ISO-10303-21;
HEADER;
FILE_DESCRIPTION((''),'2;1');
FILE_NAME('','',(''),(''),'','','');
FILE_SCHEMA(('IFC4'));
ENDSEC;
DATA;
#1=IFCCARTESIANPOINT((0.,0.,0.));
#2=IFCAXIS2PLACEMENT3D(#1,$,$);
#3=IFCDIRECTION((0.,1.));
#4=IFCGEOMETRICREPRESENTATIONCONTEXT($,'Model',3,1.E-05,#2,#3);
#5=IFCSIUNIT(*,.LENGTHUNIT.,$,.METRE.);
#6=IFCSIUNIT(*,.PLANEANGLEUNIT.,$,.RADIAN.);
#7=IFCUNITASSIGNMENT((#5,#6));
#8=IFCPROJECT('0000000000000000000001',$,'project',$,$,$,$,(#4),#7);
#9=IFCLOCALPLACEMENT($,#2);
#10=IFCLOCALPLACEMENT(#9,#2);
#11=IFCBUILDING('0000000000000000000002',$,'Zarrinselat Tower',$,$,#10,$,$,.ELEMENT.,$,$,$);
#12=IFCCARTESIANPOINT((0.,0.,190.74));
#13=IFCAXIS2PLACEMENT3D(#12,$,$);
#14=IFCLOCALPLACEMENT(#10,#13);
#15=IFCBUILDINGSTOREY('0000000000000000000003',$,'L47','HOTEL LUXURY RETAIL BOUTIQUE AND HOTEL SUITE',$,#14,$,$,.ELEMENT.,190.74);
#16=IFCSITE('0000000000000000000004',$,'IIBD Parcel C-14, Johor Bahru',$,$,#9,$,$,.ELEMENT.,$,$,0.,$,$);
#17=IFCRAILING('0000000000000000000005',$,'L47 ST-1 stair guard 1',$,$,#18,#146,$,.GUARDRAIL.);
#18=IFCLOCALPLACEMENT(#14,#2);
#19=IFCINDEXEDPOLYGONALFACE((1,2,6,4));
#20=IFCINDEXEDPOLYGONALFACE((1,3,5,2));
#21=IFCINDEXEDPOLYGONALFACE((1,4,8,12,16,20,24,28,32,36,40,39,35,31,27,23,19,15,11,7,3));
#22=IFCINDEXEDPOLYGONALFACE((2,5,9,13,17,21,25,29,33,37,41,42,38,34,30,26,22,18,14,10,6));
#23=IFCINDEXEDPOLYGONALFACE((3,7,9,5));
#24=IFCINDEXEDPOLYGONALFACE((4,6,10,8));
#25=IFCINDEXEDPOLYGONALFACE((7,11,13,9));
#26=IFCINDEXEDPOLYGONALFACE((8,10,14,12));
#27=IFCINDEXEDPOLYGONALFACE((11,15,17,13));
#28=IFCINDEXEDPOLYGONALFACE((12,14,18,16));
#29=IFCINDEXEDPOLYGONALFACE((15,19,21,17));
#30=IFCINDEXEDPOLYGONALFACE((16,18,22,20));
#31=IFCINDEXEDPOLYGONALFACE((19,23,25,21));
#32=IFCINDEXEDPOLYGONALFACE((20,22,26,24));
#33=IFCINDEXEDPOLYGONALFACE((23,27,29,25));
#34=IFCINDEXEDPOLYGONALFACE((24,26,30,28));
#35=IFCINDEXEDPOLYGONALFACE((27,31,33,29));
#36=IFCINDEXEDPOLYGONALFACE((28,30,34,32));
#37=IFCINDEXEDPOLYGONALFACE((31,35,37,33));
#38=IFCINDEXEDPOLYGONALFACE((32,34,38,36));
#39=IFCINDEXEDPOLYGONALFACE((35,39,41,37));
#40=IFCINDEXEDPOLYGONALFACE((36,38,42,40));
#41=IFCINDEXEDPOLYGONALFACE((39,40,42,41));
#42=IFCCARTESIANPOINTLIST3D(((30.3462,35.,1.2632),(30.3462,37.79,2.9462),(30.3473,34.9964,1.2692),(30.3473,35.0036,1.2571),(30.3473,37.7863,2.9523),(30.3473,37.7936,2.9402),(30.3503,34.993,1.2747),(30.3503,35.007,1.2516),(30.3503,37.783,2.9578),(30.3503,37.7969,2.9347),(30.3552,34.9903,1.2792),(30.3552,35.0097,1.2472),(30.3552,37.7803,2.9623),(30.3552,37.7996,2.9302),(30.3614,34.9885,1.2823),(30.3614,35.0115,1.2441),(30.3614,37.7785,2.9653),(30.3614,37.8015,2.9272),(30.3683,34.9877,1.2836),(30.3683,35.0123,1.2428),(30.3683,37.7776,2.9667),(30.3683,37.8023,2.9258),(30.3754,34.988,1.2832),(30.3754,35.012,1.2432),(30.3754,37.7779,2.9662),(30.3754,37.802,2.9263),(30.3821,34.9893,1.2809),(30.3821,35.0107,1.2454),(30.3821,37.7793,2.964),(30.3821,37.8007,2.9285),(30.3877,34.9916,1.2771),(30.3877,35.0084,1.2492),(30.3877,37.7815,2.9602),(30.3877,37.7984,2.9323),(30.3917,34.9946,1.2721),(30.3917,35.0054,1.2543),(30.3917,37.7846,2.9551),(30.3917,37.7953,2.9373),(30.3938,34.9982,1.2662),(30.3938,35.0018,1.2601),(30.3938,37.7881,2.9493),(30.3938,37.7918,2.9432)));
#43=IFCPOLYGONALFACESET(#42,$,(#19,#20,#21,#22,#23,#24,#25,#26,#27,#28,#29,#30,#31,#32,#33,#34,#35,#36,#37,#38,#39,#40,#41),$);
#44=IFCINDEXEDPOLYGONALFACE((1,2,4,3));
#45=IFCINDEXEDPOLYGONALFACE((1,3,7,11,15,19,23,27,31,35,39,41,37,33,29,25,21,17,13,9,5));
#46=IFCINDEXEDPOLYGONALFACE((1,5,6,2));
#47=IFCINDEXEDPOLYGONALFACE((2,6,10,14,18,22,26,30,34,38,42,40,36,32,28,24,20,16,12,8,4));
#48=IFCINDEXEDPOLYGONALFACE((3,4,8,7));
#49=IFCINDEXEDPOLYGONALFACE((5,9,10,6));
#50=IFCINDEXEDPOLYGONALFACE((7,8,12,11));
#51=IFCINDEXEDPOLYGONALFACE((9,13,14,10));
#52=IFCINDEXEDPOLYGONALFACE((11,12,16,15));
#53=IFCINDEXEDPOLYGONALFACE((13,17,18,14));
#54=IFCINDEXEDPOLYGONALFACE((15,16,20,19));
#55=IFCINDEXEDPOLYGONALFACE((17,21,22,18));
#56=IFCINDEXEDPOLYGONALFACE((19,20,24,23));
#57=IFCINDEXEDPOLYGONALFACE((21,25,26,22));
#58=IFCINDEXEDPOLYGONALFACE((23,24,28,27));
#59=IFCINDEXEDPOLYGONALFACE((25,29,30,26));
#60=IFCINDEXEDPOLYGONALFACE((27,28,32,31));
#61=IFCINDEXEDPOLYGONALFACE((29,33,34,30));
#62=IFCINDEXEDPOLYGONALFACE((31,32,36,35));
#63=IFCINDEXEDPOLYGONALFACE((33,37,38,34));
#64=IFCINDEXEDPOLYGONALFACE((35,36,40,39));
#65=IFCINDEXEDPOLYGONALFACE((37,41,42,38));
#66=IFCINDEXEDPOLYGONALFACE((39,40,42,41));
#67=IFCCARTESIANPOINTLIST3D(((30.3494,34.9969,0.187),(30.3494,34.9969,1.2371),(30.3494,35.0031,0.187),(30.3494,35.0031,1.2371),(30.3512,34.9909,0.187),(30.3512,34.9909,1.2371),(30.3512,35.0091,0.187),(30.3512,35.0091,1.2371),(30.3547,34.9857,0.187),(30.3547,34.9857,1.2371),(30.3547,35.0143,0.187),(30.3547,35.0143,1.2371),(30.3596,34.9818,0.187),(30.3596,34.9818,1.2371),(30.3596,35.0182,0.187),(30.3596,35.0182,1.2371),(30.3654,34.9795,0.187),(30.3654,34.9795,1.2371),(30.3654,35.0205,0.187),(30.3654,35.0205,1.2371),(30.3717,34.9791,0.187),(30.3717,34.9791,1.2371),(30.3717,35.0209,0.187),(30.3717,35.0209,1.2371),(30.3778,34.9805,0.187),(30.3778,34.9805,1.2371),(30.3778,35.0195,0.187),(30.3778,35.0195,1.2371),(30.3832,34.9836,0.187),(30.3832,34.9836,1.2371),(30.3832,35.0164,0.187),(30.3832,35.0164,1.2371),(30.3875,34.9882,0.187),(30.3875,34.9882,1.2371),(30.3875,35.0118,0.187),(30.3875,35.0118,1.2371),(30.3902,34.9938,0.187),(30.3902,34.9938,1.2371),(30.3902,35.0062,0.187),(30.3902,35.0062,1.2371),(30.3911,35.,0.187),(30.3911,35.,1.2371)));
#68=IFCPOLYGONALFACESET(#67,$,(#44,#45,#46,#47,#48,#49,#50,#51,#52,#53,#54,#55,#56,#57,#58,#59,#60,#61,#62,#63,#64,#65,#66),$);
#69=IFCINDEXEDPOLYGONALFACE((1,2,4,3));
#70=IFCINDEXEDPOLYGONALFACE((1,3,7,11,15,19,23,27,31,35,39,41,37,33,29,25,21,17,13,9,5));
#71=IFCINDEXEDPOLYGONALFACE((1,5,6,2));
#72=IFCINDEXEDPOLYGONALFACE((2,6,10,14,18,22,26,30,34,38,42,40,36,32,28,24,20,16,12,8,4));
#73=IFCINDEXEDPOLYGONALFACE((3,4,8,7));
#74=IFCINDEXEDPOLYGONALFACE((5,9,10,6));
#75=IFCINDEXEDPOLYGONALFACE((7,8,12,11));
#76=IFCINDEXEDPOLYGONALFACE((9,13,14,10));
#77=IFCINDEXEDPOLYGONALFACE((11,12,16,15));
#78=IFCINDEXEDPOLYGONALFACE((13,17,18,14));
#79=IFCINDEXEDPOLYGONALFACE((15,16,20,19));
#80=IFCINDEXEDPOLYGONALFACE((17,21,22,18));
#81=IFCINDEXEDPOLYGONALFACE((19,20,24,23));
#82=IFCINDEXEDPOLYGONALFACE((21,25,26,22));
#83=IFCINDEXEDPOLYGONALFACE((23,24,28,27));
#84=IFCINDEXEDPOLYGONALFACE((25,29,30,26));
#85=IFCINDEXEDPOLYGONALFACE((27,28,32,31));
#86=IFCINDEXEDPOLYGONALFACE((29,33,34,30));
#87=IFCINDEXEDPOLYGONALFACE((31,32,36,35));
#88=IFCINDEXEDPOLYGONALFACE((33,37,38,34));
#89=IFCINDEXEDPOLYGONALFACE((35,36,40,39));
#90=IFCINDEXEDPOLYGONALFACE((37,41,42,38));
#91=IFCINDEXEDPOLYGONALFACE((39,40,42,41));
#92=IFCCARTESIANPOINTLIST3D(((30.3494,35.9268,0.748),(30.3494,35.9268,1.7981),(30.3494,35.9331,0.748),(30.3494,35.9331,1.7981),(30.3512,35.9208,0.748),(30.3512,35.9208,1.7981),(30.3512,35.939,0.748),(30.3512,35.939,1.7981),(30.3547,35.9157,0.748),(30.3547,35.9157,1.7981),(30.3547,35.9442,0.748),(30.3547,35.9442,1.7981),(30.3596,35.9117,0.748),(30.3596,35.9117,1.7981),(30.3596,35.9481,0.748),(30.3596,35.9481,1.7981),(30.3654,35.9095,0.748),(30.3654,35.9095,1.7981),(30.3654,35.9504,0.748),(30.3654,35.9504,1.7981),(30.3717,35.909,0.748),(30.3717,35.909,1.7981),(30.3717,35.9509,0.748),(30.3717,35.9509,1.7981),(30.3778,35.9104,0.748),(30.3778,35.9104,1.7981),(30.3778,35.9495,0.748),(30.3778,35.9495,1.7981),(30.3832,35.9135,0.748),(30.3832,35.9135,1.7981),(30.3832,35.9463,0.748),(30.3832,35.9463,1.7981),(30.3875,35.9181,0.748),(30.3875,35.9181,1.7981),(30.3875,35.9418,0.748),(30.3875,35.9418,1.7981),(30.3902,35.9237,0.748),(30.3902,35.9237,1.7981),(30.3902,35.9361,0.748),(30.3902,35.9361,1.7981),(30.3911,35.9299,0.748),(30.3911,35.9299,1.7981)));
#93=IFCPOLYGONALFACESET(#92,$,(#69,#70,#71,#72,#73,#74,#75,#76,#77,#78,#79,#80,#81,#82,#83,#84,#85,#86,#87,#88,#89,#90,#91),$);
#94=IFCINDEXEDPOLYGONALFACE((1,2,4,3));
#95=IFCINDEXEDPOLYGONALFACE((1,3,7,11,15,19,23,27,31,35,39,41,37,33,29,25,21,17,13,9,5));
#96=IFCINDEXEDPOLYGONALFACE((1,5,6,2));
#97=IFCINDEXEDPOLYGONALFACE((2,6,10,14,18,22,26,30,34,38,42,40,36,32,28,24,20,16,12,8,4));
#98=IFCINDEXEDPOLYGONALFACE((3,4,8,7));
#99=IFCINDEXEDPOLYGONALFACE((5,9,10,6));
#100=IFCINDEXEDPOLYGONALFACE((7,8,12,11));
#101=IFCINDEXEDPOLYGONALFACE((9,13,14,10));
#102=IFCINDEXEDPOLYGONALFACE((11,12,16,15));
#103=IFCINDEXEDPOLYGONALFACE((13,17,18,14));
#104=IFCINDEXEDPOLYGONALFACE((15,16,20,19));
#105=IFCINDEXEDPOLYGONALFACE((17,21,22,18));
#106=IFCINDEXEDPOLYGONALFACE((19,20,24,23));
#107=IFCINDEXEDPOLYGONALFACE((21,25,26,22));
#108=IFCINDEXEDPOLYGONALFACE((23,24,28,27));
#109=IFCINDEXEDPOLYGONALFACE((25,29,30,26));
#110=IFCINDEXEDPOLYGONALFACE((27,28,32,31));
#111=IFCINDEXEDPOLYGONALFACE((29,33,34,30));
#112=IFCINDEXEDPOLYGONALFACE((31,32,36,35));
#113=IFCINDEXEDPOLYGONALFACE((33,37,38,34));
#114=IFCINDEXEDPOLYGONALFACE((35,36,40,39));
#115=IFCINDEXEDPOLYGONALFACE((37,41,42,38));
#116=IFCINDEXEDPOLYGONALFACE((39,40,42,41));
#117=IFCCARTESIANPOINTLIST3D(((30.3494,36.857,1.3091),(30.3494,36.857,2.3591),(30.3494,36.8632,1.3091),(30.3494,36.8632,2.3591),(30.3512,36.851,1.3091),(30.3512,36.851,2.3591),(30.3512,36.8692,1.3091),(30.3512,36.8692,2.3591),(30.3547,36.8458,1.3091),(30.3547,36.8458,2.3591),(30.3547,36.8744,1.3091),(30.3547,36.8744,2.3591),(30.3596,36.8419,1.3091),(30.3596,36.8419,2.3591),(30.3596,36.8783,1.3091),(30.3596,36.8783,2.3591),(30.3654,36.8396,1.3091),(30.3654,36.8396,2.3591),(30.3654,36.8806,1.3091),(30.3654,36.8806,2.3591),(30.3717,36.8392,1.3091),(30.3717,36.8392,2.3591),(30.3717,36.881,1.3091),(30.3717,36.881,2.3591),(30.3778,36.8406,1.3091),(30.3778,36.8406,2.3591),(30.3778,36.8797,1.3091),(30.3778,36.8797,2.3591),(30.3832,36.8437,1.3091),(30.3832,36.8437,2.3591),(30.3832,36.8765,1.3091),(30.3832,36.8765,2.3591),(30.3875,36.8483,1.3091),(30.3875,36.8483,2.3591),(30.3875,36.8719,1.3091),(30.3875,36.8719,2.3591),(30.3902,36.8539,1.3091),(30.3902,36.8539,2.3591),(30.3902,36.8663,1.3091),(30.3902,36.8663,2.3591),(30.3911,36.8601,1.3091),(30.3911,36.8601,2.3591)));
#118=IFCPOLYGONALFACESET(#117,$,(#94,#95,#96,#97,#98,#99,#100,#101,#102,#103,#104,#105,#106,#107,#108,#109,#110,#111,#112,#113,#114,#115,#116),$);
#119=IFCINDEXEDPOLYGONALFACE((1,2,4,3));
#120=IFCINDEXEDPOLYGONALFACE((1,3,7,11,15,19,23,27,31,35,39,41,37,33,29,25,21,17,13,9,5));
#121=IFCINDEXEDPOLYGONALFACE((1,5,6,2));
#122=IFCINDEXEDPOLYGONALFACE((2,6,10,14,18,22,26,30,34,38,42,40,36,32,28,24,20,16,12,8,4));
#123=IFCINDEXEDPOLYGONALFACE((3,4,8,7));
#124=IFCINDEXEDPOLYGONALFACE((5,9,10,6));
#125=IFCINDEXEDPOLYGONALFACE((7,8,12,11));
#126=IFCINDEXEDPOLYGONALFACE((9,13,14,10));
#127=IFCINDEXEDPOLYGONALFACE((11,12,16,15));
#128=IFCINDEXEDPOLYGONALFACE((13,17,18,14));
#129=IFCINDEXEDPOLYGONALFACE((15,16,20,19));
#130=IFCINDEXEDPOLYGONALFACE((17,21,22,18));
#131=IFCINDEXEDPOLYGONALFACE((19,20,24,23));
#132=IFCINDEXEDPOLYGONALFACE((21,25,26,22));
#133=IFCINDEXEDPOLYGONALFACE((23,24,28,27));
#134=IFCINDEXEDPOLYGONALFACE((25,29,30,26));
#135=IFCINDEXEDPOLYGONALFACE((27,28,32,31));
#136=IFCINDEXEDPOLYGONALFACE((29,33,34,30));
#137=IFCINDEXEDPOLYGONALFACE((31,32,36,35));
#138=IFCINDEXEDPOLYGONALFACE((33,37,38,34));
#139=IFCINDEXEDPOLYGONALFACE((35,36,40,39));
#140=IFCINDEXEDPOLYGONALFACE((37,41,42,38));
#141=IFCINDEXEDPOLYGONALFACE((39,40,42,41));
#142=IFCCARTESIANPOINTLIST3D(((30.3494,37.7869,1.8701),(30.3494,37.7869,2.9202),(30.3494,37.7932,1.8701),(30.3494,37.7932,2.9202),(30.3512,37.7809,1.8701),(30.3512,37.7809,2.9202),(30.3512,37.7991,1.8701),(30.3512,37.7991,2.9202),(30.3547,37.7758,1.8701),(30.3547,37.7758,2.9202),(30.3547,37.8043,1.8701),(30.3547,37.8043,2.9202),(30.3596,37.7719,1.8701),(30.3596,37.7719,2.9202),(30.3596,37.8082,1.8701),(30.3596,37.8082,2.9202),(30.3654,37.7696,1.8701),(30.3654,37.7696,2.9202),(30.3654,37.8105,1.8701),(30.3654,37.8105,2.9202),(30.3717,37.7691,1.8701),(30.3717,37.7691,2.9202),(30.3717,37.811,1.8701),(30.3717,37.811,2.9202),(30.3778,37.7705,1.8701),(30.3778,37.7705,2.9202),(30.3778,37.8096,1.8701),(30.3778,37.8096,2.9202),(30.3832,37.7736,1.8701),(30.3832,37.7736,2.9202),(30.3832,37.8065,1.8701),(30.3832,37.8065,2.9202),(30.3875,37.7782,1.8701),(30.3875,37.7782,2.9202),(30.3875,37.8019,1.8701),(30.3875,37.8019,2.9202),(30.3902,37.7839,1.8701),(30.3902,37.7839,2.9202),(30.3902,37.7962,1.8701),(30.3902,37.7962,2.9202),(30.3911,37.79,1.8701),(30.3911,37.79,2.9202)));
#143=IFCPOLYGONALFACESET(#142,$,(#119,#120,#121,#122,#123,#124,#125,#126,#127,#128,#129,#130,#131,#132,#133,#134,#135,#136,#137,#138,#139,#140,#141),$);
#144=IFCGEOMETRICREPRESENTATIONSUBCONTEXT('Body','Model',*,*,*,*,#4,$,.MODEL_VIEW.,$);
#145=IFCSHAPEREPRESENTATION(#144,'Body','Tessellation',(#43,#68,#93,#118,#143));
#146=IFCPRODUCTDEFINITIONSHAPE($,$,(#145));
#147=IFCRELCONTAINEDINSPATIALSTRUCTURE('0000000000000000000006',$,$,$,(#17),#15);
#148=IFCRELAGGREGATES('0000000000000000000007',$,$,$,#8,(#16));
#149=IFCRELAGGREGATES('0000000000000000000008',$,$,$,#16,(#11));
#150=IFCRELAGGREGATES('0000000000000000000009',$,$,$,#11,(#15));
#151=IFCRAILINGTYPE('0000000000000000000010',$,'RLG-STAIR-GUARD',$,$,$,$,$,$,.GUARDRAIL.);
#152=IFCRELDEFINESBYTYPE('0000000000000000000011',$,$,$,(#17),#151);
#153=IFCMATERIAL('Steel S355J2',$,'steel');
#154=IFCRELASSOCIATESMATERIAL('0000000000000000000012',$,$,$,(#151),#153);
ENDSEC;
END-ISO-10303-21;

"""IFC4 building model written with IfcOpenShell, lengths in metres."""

from ifc_helpers import new_model, si_unit, direction, frame, origin, origin_2d, place, context, subcontext, project, spatial, circle, extrude, material, type_object, element, save


model = new_model("IFC4")

# Units and contexts
model_context = context("Model", 3, precision=1e-05, world=origin(), true_north=direction((0.0, 1.0)))
body_context = subcontext(model_context, "Body", "Model", "MODEL_VIEW")
ifc_project = project(units=[si_unit("LENGTHUNIT", "METRE"), si_unit("PLANEANGLEUNIT", "RADIAN")], contexts=[model_context])

# Site, building, storey
site_placement = place(None, origin())
site = spatial("IfcSite", under=ifc_project, at=site_placement, Name="IIBD Parcel C-14, Johor Bahru", CompositionType="ELEMENT", RefElevation=0.0)
building_placement = place(site_placement, origin())
building = spatial("IfcBuilding", under=site, at=building_placement, Name="Zarrinselat Tower", CompositionType="ELEMENT")
storey_placement = place(building_placement, frame((0.0, 0.0, 190.74)))
storey = spatial("IfcBuildingStorey", under=building, at=storey_placement, Name="L47", Description="HOTEL LUXURY RETAIL BOUTIQUE AND HOTEL SUITE", CompositionType="ELEMENT", Elevation=190.74)

# Railing
ifc_material_1 = material(Name="Steel S355J2", Category="steel")
railing_type = type_object("IfcRailingType", Name="RLG-STAIR-GUARD", PredefinedType="GUARDRAIL", material=ifc_material_1)
railing_1_placement = place(storey_placement, frame((30.3701, 35.0, 0.187)))
element("IfcRailing", 1, at=railing_1_placement, inside=storey, type_object=railing_type, Name="L47 ST-1 stair guard 1", PredefinedType="GUARDRAIL", context=body_context, shape_type="SweptSolid", body=[
    extrude(circle(Radius=0.0239, at=origin_2d()), frame((0.0, 0.0, 1.0762), z_axis=(0.0, 0.856261, 0.516544), x_axis=(-1.0, 0.0, 0.0)), (0.0, 0.0, 1.0), 3.2583),
    extrude(circle(Radius=0.021, at=origin_2d()), origin(), (0.0, 0.0, 1.0), 1.05),
    extrude(circle(Radius=0.021, at=origin_2d()), frame((0.0, 0.9299, 0.561)), (0.0, 0.0, 1.0), 1.05),
    extrude(circle(Radius=0.021, at=origin_2d()), frame((0.0, 1.8601, 1.1221)), (0.0, 0.0, 1.0), 1.05),
    extrude(circle(Radius=0.021, at=origin_2d()), frame((0.0, 2.79, 1.6831)), (0.0, 0.0, 1.0), 1.05),
])

save(model, "model.ifc")
